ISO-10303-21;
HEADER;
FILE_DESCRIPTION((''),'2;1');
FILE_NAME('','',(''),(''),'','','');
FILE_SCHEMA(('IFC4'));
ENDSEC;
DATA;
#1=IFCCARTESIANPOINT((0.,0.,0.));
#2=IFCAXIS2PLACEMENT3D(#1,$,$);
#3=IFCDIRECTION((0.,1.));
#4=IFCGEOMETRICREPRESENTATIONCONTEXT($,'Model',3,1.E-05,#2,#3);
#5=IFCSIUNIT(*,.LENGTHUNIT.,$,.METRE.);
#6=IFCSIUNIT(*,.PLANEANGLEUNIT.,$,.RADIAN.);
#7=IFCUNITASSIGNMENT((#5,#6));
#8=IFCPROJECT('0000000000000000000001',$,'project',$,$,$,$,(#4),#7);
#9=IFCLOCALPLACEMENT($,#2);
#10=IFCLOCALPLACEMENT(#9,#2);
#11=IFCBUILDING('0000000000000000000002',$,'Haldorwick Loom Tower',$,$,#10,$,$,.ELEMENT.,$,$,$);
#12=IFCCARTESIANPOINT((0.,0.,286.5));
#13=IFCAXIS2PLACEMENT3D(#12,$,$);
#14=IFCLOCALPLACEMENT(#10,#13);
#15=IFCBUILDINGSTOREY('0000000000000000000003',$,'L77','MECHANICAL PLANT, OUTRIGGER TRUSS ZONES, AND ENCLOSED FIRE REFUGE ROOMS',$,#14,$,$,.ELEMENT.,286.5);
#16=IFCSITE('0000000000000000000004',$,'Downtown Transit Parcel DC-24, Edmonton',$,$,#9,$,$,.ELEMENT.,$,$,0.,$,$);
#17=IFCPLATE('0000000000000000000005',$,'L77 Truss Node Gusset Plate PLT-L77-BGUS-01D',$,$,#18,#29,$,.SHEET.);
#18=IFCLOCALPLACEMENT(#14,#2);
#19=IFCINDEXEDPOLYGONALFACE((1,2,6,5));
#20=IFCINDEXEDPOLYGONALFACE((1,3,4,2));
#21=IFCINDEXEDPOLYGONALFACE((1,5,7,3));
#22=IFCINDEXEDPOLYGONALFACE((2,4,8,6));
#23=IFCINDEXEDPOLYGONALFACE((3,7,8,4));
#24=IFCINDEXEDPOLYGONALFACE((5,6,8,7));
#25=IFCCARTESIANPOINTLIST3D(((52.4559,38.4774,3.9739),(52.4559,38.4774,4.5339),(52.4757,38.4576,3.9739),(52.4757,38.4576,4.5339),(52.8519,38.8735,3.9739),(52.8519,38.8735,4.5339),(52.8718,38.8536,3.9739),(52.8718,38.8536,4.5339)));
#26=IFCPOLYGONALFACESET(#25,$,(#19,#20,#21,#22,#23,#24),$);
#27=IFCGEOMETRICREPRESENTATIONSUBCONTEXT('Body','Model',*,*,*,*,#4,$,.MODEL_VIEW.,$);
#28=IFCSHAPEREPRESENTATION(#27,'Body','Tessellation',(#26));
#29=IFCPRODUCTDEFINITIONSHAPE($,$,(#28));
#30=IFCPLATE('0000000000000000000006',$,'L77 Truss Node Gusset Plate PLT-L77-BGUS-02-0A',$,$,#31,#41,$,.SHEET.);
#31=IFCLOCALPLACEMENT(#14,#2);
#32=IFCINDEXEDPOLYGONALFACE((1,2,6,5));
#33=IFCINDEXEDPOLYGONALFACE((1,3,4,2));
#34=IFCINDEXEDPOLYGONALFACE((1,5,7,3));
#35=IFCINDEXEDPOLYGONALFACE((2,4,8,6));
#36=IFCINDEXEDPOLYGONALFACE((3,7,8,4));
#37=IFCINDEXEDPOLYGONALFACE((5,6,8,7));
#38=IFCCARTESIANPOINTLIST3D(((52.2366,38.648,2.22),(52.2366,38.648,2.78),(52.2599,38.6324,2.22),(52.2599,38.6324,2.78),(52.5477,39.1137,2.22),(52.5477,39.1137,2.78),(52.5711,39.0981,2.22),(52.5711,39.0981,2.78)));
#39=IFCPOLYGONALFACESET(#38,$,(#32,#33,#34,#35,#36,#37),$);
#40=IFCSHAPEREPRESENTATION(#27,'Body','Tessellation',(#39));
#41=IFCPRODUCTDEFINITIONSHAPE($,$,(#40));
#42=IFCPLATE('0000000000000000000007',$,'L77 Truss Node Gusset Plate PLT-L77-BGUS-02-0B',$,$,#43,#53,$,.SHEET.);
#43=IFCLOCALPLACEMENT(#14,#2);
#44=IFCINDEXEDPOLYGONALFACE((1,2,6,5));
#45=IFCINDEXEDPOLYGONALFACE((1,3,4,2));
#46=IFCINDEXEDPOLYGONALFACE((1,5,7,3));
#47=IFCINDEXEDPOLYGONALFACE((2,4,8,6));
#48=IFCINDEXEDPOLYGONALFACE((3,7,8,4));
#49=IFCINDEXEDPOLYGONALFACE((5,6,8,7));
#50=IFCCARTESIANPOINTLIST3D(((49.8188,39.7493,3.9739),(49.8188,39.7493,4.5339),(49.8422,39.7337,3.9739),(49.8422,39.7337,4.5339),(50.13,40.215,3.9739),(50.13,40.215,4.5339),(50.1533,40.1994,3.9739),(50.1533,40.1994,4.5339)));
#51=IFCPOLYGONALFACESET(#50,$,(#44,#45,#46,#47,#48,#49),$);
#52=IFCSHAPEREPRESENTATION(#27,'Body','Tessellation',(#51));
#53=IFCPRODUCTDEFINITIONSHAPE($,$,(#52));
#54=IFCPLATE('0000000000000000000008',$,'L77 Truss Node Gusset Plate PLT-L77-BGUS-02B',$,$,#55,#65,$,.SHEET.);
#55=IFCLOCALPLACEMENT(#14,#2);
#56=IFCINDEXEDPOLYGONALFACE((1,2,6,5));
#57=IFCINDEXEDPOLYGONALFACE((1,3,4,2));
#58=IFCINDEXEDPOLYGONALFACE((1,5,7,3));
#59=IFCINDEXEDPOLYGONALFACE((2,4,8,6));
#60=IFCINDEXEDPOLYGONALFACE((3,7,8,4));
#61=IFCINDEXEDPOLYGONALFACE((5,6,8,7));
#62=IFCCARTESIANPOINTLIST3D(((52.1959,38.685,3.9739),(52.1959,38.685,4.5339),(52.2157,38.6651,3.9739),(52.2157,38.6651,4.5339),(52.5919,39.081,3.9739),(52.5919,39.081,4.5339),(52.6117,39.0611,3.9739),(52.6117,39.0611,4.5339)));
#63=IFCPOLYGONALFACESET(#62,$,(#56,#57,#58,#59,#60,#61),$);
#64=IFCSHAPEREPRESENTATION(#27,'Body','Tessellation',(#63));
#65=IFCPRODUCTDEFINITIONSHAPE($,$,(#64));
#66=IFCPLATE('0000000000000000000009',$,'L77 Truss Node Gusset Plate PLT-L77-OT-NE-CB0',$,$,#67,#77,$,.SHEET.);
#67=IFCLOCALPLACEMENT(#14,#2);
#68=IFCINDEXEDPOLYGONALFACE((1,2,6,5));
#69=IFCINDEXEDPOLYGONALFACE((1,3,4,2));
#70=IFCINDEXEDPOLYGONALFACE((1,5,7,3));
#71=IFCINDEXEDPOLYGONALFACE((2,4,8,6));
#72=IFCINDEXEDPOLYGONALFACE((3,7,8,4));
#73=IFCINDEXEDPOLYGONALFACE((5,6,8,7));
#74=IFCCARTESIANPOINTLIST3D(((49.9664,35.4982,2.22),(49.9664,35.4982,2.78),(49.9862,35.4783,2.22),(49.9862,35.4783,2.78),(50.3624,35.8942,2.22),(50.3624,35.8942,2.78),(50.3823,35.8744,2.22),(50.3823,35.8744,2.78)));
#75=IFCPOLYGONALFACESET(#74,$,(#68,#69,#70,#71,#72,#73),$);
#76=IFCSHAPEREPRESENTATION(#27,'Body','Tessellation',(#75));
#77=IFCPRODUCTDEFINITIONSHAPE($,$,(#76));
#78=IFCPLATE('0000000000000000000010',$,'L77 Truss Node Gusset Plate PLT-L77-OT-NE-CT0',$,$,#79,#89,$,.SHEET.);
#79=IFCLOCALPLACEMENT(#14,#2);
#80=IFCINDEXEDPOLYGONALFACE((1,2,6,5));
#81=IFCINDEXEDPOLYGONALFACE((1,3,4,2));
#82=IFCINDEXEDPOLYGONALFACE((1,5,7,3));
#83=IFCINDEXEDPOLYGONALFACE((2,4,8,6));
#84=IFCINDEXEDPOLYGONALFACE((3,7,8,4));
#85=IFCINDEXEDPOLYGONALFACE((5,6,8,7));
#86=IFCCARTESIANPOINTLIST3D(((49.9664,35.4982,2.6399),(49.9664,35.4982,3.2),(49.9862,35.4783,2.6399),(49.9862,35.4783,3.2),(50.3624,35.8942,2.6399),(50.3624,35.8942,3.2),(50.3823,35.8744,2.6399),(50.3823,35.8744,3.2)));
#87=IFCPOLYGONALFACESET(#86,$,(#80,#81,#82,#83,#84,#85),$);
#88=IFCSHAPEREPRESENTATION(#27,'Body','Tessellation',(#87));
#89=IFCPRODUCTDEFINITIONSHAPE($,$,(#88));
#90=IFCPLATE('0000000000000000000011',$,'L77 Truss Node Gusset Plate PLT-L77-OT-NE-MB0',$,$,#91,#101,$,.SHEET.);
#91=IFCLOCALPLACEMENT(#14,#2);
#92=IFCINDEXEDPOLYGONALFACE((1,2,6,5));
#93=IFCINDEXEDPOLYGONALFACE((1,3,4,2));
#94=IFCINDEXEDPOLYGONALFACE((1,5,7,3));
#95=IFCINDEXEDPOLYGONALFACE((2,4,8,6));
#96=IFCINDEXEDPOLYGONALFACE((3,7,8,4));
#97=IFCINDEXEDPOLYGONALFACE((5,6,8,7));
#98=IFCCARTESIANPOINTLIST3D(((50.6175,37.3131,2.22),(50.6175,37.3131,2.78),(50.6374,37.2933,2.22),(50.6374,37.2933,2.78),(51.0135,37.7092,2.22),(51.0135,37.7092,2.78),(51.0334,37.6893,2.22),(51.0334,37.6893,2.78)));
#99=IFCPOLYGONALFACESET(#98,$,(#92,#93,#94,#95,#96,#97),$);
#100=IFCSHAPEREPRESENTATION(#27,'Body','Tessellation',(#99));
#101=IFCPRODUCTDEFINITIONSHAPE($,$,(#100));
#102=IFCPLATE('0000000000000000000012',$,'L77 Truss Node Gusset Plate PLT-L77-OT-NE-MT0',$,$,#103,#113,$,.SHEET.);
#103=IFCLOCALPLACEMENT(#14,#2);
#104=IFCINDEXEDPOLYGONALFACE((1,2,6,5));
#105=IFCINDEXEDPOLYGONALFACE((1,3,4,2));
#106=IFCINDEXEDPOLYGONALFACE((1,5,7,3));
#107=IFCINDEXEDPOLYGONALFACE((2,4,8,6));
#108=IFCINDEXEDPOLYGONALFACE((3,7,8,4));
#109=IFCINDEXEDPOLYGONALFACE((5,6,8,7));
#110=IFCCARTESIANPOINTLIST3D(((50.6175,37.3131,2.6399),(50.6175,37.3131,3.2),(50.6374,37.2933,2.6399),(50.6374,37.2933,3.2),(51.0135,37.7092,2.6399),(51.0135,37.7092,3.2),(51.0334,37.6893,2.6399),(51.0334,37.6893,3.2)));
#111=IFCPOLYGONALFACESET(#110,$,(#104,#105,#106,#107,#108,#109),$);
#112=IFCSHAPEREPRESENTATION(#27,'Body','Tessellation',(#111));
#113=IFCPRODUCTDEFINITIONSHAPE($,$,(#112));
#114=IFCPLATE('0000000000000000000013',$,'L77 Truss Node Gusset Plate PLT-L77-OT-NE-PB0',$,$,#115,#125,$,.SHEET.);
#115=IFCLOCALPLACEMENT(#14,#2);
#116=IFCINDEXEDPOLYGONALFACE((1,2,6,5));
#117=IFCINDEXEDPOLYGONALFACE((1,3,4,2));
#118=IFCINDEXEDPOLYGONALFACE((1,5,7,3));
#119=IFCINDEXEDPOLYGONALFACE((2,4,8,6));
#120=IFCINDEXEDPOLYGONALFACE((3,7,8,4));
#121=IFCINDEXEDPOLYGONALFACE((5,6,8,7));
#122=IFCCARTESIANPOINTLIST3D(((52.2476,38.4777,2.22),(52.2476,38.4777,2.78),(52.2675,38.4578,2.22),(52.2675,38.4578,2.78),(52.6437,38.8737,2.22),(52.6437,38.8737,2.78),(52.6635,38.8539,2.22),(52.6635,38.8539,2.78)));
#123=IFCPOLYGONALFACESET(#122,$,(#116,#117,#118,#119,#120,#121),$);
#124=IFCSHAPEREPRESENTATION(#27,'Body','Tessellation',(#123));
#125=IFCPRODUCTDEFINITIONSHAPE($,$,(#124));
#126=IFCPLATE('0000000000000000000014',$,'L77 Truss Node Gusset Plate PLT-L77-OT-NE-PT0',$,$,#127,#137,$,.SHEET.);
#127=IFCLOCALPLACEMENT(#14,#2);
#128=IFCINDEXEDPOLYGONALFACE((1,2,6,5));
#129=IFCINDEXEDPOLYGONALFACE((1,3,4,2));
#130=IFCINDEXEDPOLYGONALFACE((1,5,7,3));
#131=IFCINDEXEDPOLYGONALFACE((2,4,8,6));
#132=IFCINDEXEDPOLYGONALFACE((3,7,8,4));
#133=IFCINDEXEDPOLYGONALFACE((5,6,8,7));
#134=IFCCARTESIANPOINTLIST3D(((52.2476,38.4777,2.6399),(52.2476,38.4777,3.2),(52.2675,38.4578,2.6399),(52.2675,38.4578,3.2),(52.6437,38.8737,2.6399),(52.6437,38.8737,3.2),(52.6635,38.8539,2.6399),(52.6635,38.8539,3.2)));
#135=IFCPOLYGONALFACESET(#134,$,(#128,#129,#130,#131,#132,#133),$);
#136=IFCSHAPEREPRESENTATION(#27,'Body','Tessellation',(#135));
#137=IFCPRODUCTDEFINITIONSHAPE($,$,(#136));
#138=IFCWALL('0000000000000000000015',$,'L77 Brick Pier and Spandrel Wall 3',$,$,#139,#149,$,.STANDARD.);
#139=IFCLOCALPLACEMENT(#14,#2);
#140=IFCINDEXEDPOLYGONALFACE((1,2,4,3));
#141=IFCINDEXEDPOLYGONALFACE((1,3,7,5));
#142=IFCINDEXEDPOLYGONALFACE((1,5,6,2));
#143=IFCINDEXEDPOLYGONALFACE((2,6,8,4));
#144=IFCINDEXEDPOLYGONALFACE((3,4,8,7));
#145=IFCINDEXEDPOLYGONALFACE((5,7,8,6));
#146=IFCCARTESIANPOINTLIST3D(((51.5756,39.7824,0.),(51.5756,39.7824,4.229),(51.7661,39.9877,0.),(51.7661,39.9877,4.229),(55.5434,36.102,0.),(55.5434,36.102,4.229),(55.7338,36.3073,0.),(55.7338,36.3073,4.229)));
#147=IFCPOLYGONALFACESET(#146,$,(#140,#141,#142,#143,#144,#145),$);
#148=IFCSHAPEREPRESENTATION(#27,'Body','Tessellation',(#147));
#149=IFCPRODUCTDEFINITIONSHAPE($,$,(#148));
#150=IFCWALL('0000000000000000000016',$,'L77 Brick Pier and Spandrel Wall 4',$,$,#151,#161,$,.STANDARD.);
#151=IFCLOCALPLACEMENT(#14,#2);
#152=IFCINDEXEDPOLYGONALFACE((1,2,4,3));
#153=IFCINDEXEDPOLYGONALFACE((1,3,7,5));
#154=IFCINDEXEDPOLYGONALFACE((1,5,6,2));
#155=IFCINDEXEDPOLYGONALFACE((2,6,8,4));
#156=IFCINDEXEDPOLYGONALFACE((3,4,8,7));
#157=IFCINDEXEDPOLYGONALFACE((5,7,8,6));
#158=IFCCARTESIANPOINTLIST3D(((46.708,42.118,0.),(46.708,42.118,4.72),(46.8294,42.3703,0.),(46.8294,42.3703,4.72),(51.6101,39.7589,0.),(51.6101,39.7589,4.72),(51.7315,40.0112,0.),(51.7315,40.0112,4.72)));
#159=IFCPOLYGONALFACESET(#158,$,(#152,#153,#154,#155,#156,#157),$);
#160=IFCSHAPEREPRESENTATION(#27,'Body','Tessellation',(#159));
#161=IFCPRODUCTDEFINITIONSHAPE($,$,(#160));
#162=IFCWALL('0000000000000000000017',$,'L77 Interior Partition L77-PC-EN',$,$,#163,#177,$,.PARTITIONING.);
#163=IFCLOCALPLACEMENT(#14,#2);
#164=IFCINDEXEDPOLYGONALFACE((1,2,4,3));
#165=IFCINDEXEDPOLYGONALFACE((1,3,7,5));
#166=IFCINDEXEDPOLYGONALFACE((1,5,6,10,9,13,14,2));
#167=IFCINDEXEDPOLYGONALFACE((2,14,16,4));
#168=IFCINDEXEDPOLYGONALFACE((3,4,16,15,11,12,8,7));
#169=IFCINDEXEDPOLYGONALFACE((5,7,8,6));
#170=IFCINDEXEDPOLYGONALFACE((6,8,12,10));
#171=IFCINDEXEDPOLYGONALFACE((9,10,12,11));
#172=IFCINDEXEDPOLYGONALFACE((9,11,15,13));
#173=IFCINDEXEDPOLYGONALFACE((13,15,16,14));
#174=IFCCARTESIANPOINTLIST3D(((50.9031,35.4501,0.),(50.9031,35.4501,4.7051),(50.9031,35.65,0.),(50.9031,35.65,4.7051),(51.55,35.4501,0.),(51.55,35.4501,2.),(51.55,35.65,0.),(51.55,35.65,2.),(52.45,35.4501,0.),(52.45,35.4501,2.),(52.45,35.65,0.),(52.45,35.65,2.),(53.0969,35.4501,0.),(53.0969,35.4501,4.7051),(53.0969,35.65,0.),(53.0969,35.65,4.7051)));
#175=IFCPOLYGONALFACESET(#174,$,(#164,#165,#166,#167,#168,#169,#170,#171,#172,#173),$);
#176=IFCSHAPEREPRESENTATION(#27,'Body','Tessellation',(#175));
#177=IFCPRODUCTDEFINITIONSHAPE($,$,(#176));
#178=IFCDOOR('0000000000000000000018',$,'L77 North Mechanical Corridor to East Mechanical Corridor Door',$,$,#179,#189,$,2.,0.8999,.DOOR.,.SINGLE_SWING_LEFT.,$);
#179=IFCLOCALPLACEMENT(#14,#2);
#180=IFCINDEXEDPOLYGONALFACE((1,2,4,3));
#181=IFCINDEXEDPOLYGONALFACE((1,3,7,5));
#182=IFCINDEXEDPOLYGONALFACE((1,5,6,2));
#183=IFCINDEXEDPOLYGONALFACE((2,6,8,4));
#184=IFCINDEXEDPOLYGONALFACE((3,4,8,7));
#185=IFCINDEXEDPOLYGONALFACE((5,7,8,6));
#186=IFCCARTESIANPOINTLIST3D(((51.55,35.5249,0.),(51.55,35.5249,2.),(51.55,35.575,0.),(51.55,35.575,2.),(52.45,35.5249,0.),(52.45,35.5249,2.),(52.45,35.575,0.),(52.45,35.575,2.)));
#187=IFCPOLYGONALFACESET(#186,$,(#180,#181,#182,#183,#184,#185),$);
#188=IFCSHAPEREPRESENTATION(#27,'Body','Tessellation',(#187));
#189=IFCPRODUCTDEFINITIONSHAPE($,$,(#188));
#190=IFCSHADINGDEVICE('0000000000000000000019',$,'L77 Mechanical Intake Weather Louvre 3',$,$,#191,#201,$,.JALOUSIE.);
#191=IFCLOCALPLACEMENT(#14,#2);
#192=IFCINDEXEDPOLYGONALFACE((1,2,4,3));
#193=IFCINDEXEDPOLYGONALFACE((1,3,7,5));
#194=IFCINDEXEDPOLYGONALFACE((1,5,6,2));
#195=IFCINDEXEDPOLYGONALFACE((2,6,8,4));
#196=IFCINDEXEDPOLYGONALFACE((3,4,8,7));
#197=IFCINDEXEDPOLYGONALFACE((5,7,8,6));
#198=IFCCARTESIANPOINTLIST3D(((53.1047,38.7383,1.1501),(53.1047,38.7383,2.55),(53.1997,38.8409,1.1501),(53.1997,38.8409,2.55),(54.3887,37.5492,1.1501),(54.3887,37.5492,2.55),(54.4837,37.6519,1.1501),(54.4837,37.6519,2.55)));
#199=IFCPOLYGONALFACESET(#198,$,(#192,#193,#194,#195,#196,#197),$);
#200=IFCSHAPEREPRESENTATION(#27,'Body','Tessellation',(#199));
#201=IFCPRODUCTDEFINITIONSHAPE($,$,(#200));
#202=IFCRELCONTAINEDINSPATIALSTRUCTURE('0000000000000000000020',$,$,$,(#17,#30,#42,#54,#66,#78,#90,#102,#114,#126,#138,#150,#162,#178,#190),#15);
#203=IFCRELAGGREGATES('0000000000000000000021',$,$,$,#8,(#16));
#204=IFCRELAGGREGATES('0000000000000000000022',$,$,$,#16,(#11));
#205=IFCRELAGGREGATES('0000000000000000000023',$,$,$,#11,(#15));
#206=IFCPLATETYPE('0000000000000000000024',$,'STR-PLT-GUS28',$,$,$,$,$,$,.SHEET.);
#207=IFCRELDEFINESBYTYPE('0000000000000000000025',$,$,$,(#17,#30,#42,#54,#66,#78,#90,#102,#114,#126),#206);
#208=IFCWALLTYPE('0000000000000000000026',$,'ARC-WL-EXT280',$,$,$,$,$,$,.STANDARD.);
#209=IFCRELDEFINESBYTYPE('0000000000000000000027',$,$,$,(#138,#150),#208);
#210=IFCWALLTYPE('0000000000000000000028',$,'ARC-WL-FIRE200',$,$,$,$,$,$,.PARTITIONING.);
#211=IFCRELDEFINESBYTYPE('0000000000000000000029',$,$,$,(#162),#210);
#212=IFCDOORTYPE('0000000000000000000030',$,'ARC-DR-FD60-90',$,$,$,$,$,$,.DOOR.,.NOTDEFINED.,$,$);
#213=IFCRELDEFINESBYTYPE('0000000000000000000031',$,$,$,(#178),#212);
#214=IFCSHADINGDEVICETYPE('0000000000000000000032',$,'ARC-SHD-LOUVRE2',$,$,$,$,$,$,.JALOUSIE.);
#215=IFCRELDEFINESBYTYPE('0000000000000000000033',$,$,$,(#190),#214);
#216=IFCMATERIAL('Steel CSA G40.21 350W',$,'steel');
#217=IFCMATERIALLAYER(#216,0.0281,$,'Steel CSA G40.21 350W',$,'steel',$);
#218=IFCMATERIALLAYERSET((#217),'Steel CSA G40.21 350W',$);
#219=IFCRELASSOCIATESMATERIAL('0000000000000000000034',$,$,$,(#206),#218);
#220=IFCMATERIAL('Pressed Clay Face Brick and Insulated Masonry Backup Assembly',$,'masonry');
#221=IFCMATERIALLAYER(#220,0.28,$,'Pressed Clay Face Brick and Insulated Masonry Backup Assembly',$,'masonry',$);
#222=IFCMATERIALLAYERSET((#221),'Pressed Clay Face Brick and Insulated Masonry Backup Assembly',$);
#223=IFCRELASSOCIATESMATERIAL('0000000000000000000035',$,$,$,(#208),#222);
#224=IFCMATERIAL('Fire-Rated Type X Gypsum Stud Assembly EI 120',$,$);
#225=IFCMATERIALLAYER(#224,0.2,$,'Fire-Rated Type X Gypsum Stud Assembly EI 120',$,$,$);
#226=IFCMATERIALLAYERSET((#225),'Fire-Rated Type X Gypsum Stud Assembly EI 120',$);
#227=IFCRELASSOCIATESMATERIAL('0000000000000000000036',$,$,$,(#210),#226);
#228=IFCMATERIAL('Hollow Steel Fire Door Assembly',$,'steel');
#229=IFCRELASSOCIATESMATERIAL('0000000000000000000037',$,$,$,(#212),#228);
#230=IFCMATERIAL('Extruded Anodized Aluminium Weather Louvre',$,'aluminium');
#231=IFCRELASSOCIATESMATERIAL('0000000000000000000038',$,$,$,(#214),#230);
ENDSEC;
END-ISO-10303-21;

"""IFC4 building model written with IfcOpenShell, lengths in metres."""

from ifc_helpers import new_model, si_unit, direction, frame, frame_2d, origin, origin_2d, place, context, subcontext, project, spatial, rectangle, extrude, material, layer, layer_set, type_object, element, fill, save


model = new_model("IFC4")

# Units and contexts
model_context = context("Model", 3, precision=1e-05, world=origin(), true_north=direction((0.0, 1.0)))
body_context = subcontext(model_context, "Body", "Model", "MODEL_VIEW")
ifc_project = project(units=[si_unit("LENGTHUNIT", "METRE"), si_unit("PLANEANGLEUNIT", "RADIAN")], contexts=[model_context])

# Site, building, storey
site_placement = place(None, origin())
site = spatial("IfcSite", under=ifc_project, at=site_placement, Name="Downtown Transit Parcel DC-24, Edmonton", CompositionType="ELEMENT", RefElevation=0.0)
building_placement = place(site_placement, origin())
building = spatial("IfcBuilding", under=site, at=building_placement, Name="Haldorwick Loom Tower", CompositionType="ELEMENT")
storey_placement = place(building_placement, frame((0.0, 0.0, 286.5)))
storey = spatial("IfcBuildingStorey", under=building, at=storey_placement, Name="L77", Description="MECHANICAL PLANT, OUTRIGGER TRUSS ZONES, AND ENCLOSED FIRE REFUGE ROOMS", CompositionType="ELEMENT", Elevation=286.5)

# Shared definitions
ifc_material_1 = material(Name="Steel CSA G40.21 350W", Category="steel")

# Plates
ifc_layer_1 = layer(ifc_material_1, 0.0281, Name="Steel CSA G40.21 350W", Category="steel")
ifc_layer_set_1 = layer_set([ifc_layer_1], Name="Steel CSA G40.21 350W")
plate_type = type_object("IfcPlateType", Name="STR-PLT-GUS28", PredefinedType="SHEET", material=ifc_layer_set_1)
for number, where, z_axis, x_axis, name in (
    (1, (52.6638, 38.6655, 3.9739), (0.0, 0.0, 1.0), (0.707107, 0.707107, 0.0), "L77 Truss Node Gusset Plate PLT-L77-BGUS-01D"),
    (2, (52.4038, 38.873, 2.22), (0.0, 0.0, 1.0), (0.55557, 0.83147, 0.0), "L77 Truss Node Gusset Plate PLT-L77-BGUS-02-0A"),
    (3, (49.9861, 39.9744, 3.9739), (0.0, 0.0, 1.0), (0.55557, 0.83147, 0.0), "L77 Truss Node Gusset Plate PLT-L77-BGUS-02-0B"),
    (4, (52.4038, 38.873, 3.9739), (0.0, 0.0, 1.0), (0.707107, 0.707107, 0.0), "L77 Truss Node Gusset Plate PLT-L77-BGUS-02B"),
    (5, (50.1743, 35.6863, 2.22), (0.0, 0.0, 1.0), (0.707107, 0.707107, 0.0), "L77 Truss Node Gusset Plate PLT-L77-OT-NE-CB0"),
    (6, (50.1743, 35.6863, 2.6399), (0.0, 0.0, 1.0), (0.707107, 0.707107, 0.0), "L77 Truss Node Gusset Plate PLT-L77-OT-NE-CT0"),
    (7, (50.8254, 37.5012, 2.22), (0.0, 0.0, 1.0), (0.707107, 0.707107, 0.0), "L77 Truss Node Gusset Plate PLT-L77-OT-NE-MB0"),
    (8, (50.8254, 37.5012, 2.6399), (0.0, 0.0, 1.0), (0.707107, 0.707107, 0.0), "L77 Truss Node Gusset Plate PLT-L77-OT-NE-MT0"),
    (9, (52.4556, 38.6658, 2.22), (0.0, 0.0, 1.0), (0.707107, 0.707107, 0.0), "L77 Truss Node Gusset Plate PLT-L77-OT-NE-PB0"),
    (10, (52.4556, 38.6658, 2.6399), (0.0, 0.0, 1.0), (0.707107, 0.707107, 0.0), "L77 Truss Node Gusset Plate PLT-L77-OT-NE-PT0"),
):
    element("IfcPlate", number, at=place(storey_placement, frame(where, z_axis=z_axis, x_axis=x_axis)), inside=storey, type_object=plate_type, Name=name, PredefinedType="SHEET", context=body_context, shape_type="SweptSolid", body=[
        extrude(rectangle(XDim=0.5601, YDim=0.0281, at=origin_2d()), origin(), (0.0, 0.0, 1.0), 0.5601),
    ])

# Walls
ifc_material_2 = material(Name="Pressed Clay Face Brick and Insulated Masonry Backup Assembly", Category="masonry")
ifc_layer_2 = layer(ifc_material_2, 0.28, Name="Pressed Clay Face Brick and Insulated Masonry Backup Assembly", Category="masonry")
ifc_layer_set_2 = layer_set([ifc_layer_2], Name="Pressed Clay Face Brick and Insulated Masonry Backup Assembly")
wall_type_1 = type_object("IfcWallType", Name="ARC-WL-EXT280", PredefinedType="STANDARD", material=ifc_layer_set_2)
wall_1_placement = place(storey_placement, frame((55.6387, 36.2046, 0.0), z_axis=(0.0, 0.0, 1.0), x_axis=(-0.733157, 0.68006, 0.0)))
element("IfcWall", 11, at=wall_1_placement, inside=storey, type_object=wall_type_1, Name="L77 Brick Pier and Spandrel Wall 3", PredefinedType="STANDARD", context=body_context, shape_type="SweptSolid", body=[
    extrude(rectangle(XDim=5.4119, YDim=0.28, at=frame_2d((2.7061, 0.0))), origin(), (0.0, 0.0, 1.0), 4.229),
])
wall_2_placement = place(storey_placement, frame((51.6709, 39.885, 0.0), z_axis=(0.0, 0.0, 1.0), x_axis=(-0.901084, 0.433646, 0.0)))
element("IfcWall", 12, at=wall_2_placement, inside=storey, type_object=wall_type_1, Name="L77 Brick Pier and Spandrel Wall 4", PredefinedType="STANDARD", context=body_context, shape_type="SweptSolid", body=[
    extrude(rectangle(XDim=5.4402, YDim=0.28, at=frame_2d((2.7202, 0.0))), origin(), (0.0, 0.0, 1.0), 4.72),
])

# Wall, opening, door
ifc_material_3 = material(Name="Fire-Rated Type X Gypsum Stud Assembly EI 120")
ifc_layer_3 = layer(ifc_material_3, 0.2, Name="Fire-Rated Type X Gypsum Stud Assembly EI 120")
ifc_layer_set_3 = layer_set([ifc_layer_3], Name="Fire-Rated Type X Gypsum Stud Assembly EI 120")
wall_type_2 = type_object("IfcWallType", Name="ARC-WL-FIRE200", PredefinedType="PARTITIONING", material=ifc_layer_set_3)
wall_3_placement = place(storey_placement, frame((50.9031, 35.55, 0.0), z_axis=(0.0, 0.0, 1.0), x_axis=(1.0, 0.0, 0.0)))
wall_3 = element("IfcWall", 13, at=wall_3_placement, inside=storey, type_object=wall_type_2, Name="L77 Interior Partition L77-PC-EN", PredefinedType="PARTITIONING", context=body_context, shape_type="SweptSolid", body=[
    extrude(rectangle(XDim=2.1938, YDim=0.2, at=frame_2d((1.0969, 0.0))), origin(), (0.0, 0.0, 1.0), 4.7051),
])
opening_placement = place(wall_3_placement, frame((0.647, 0.0, 0.0)))
opening = element("IfcOpeningElement", 14, at=opening_placement, cuts=wall_3, PredefinedType="OPENING", context=body_context, shape_type="SweptSolid", body=[
    extrude(rectangle(XDim=0.8999, YDim=2.0, at=frame_2d((0.45, 1.0))), frame((0.0, 0.1099, 0.0), z_axis=(0.0, -1.0, 0.0), x_axis=(1.0, 0.0, 0.0)), (0.0, 0.0, 1.0), 0.22),
])
ifc_material_4 = material(Name="Hollow Steel Fire Door Assembly", Category="steel")
door_type = type_object("IfcDoorType", Name="ARC-DR-FD60-90", OperationType="NOTDEFINED", PredefinedType="DOOR", material=ifc_material_4)
door_placement = place(opening_placement, origin())
door = element("IfcDoor", 15, at=door_placement, inside=storey, type_object=door_type, Name="L77 North Mechanical Corridor to East Mechanical Corridor Door", OperationType="SINGLE_SWING_LEFT", OverallHeight=2.0, OverallWidth=0.8999, PredefinedType="DOOR", context=body_context, shape_type="SweptSolid", body=[
    extrude(rectangle(XDim=0.8999, YDim=2.0, at=frame_2d((0.45, 1.0))), frame((0.0, 0.0249, 0.0), z_axis=(0.0, -1.0, 0.0), x_axis=(1.0, 0.0, 0.0)), (0.0, 0.0, 1.0), 0.05),
])
fill(opening, door)

# Shading device
ifc_material_5 = material(Name="Extruded Anodized Aluminium Weather Louvre", Category="aluminium")
shading_device_type = type_object("IfcShadingDeviceType", Name="ARC-SHD-LOUVRE2", PredefinedType="JALOUSIE", material=ifc_material_5)
shading_device_placement = place(storey_placement, frame((53.7942, 38.1951, 1.1501), z_axis=(0.0, 0.0, 1.0), x_axis=(-0.73373, 0.679441, 0.0)))
element("IfcShadingDevice", 16, at=shading_device_placement, inside=storey, type_object=shading_device_type, Name="L77 Mechanical Intake Weather Louvre 3", PredefinedType="JALOUSIE", context=body_context, shape_type="SweptSolid", body=[
    extrude(rectangle(XDim=1.75, YDim=0.1399, at=origin_2d()), origin(), (0.0, 0.0, 1.0), 1.3999),
])

save(model, "model.ifc")
